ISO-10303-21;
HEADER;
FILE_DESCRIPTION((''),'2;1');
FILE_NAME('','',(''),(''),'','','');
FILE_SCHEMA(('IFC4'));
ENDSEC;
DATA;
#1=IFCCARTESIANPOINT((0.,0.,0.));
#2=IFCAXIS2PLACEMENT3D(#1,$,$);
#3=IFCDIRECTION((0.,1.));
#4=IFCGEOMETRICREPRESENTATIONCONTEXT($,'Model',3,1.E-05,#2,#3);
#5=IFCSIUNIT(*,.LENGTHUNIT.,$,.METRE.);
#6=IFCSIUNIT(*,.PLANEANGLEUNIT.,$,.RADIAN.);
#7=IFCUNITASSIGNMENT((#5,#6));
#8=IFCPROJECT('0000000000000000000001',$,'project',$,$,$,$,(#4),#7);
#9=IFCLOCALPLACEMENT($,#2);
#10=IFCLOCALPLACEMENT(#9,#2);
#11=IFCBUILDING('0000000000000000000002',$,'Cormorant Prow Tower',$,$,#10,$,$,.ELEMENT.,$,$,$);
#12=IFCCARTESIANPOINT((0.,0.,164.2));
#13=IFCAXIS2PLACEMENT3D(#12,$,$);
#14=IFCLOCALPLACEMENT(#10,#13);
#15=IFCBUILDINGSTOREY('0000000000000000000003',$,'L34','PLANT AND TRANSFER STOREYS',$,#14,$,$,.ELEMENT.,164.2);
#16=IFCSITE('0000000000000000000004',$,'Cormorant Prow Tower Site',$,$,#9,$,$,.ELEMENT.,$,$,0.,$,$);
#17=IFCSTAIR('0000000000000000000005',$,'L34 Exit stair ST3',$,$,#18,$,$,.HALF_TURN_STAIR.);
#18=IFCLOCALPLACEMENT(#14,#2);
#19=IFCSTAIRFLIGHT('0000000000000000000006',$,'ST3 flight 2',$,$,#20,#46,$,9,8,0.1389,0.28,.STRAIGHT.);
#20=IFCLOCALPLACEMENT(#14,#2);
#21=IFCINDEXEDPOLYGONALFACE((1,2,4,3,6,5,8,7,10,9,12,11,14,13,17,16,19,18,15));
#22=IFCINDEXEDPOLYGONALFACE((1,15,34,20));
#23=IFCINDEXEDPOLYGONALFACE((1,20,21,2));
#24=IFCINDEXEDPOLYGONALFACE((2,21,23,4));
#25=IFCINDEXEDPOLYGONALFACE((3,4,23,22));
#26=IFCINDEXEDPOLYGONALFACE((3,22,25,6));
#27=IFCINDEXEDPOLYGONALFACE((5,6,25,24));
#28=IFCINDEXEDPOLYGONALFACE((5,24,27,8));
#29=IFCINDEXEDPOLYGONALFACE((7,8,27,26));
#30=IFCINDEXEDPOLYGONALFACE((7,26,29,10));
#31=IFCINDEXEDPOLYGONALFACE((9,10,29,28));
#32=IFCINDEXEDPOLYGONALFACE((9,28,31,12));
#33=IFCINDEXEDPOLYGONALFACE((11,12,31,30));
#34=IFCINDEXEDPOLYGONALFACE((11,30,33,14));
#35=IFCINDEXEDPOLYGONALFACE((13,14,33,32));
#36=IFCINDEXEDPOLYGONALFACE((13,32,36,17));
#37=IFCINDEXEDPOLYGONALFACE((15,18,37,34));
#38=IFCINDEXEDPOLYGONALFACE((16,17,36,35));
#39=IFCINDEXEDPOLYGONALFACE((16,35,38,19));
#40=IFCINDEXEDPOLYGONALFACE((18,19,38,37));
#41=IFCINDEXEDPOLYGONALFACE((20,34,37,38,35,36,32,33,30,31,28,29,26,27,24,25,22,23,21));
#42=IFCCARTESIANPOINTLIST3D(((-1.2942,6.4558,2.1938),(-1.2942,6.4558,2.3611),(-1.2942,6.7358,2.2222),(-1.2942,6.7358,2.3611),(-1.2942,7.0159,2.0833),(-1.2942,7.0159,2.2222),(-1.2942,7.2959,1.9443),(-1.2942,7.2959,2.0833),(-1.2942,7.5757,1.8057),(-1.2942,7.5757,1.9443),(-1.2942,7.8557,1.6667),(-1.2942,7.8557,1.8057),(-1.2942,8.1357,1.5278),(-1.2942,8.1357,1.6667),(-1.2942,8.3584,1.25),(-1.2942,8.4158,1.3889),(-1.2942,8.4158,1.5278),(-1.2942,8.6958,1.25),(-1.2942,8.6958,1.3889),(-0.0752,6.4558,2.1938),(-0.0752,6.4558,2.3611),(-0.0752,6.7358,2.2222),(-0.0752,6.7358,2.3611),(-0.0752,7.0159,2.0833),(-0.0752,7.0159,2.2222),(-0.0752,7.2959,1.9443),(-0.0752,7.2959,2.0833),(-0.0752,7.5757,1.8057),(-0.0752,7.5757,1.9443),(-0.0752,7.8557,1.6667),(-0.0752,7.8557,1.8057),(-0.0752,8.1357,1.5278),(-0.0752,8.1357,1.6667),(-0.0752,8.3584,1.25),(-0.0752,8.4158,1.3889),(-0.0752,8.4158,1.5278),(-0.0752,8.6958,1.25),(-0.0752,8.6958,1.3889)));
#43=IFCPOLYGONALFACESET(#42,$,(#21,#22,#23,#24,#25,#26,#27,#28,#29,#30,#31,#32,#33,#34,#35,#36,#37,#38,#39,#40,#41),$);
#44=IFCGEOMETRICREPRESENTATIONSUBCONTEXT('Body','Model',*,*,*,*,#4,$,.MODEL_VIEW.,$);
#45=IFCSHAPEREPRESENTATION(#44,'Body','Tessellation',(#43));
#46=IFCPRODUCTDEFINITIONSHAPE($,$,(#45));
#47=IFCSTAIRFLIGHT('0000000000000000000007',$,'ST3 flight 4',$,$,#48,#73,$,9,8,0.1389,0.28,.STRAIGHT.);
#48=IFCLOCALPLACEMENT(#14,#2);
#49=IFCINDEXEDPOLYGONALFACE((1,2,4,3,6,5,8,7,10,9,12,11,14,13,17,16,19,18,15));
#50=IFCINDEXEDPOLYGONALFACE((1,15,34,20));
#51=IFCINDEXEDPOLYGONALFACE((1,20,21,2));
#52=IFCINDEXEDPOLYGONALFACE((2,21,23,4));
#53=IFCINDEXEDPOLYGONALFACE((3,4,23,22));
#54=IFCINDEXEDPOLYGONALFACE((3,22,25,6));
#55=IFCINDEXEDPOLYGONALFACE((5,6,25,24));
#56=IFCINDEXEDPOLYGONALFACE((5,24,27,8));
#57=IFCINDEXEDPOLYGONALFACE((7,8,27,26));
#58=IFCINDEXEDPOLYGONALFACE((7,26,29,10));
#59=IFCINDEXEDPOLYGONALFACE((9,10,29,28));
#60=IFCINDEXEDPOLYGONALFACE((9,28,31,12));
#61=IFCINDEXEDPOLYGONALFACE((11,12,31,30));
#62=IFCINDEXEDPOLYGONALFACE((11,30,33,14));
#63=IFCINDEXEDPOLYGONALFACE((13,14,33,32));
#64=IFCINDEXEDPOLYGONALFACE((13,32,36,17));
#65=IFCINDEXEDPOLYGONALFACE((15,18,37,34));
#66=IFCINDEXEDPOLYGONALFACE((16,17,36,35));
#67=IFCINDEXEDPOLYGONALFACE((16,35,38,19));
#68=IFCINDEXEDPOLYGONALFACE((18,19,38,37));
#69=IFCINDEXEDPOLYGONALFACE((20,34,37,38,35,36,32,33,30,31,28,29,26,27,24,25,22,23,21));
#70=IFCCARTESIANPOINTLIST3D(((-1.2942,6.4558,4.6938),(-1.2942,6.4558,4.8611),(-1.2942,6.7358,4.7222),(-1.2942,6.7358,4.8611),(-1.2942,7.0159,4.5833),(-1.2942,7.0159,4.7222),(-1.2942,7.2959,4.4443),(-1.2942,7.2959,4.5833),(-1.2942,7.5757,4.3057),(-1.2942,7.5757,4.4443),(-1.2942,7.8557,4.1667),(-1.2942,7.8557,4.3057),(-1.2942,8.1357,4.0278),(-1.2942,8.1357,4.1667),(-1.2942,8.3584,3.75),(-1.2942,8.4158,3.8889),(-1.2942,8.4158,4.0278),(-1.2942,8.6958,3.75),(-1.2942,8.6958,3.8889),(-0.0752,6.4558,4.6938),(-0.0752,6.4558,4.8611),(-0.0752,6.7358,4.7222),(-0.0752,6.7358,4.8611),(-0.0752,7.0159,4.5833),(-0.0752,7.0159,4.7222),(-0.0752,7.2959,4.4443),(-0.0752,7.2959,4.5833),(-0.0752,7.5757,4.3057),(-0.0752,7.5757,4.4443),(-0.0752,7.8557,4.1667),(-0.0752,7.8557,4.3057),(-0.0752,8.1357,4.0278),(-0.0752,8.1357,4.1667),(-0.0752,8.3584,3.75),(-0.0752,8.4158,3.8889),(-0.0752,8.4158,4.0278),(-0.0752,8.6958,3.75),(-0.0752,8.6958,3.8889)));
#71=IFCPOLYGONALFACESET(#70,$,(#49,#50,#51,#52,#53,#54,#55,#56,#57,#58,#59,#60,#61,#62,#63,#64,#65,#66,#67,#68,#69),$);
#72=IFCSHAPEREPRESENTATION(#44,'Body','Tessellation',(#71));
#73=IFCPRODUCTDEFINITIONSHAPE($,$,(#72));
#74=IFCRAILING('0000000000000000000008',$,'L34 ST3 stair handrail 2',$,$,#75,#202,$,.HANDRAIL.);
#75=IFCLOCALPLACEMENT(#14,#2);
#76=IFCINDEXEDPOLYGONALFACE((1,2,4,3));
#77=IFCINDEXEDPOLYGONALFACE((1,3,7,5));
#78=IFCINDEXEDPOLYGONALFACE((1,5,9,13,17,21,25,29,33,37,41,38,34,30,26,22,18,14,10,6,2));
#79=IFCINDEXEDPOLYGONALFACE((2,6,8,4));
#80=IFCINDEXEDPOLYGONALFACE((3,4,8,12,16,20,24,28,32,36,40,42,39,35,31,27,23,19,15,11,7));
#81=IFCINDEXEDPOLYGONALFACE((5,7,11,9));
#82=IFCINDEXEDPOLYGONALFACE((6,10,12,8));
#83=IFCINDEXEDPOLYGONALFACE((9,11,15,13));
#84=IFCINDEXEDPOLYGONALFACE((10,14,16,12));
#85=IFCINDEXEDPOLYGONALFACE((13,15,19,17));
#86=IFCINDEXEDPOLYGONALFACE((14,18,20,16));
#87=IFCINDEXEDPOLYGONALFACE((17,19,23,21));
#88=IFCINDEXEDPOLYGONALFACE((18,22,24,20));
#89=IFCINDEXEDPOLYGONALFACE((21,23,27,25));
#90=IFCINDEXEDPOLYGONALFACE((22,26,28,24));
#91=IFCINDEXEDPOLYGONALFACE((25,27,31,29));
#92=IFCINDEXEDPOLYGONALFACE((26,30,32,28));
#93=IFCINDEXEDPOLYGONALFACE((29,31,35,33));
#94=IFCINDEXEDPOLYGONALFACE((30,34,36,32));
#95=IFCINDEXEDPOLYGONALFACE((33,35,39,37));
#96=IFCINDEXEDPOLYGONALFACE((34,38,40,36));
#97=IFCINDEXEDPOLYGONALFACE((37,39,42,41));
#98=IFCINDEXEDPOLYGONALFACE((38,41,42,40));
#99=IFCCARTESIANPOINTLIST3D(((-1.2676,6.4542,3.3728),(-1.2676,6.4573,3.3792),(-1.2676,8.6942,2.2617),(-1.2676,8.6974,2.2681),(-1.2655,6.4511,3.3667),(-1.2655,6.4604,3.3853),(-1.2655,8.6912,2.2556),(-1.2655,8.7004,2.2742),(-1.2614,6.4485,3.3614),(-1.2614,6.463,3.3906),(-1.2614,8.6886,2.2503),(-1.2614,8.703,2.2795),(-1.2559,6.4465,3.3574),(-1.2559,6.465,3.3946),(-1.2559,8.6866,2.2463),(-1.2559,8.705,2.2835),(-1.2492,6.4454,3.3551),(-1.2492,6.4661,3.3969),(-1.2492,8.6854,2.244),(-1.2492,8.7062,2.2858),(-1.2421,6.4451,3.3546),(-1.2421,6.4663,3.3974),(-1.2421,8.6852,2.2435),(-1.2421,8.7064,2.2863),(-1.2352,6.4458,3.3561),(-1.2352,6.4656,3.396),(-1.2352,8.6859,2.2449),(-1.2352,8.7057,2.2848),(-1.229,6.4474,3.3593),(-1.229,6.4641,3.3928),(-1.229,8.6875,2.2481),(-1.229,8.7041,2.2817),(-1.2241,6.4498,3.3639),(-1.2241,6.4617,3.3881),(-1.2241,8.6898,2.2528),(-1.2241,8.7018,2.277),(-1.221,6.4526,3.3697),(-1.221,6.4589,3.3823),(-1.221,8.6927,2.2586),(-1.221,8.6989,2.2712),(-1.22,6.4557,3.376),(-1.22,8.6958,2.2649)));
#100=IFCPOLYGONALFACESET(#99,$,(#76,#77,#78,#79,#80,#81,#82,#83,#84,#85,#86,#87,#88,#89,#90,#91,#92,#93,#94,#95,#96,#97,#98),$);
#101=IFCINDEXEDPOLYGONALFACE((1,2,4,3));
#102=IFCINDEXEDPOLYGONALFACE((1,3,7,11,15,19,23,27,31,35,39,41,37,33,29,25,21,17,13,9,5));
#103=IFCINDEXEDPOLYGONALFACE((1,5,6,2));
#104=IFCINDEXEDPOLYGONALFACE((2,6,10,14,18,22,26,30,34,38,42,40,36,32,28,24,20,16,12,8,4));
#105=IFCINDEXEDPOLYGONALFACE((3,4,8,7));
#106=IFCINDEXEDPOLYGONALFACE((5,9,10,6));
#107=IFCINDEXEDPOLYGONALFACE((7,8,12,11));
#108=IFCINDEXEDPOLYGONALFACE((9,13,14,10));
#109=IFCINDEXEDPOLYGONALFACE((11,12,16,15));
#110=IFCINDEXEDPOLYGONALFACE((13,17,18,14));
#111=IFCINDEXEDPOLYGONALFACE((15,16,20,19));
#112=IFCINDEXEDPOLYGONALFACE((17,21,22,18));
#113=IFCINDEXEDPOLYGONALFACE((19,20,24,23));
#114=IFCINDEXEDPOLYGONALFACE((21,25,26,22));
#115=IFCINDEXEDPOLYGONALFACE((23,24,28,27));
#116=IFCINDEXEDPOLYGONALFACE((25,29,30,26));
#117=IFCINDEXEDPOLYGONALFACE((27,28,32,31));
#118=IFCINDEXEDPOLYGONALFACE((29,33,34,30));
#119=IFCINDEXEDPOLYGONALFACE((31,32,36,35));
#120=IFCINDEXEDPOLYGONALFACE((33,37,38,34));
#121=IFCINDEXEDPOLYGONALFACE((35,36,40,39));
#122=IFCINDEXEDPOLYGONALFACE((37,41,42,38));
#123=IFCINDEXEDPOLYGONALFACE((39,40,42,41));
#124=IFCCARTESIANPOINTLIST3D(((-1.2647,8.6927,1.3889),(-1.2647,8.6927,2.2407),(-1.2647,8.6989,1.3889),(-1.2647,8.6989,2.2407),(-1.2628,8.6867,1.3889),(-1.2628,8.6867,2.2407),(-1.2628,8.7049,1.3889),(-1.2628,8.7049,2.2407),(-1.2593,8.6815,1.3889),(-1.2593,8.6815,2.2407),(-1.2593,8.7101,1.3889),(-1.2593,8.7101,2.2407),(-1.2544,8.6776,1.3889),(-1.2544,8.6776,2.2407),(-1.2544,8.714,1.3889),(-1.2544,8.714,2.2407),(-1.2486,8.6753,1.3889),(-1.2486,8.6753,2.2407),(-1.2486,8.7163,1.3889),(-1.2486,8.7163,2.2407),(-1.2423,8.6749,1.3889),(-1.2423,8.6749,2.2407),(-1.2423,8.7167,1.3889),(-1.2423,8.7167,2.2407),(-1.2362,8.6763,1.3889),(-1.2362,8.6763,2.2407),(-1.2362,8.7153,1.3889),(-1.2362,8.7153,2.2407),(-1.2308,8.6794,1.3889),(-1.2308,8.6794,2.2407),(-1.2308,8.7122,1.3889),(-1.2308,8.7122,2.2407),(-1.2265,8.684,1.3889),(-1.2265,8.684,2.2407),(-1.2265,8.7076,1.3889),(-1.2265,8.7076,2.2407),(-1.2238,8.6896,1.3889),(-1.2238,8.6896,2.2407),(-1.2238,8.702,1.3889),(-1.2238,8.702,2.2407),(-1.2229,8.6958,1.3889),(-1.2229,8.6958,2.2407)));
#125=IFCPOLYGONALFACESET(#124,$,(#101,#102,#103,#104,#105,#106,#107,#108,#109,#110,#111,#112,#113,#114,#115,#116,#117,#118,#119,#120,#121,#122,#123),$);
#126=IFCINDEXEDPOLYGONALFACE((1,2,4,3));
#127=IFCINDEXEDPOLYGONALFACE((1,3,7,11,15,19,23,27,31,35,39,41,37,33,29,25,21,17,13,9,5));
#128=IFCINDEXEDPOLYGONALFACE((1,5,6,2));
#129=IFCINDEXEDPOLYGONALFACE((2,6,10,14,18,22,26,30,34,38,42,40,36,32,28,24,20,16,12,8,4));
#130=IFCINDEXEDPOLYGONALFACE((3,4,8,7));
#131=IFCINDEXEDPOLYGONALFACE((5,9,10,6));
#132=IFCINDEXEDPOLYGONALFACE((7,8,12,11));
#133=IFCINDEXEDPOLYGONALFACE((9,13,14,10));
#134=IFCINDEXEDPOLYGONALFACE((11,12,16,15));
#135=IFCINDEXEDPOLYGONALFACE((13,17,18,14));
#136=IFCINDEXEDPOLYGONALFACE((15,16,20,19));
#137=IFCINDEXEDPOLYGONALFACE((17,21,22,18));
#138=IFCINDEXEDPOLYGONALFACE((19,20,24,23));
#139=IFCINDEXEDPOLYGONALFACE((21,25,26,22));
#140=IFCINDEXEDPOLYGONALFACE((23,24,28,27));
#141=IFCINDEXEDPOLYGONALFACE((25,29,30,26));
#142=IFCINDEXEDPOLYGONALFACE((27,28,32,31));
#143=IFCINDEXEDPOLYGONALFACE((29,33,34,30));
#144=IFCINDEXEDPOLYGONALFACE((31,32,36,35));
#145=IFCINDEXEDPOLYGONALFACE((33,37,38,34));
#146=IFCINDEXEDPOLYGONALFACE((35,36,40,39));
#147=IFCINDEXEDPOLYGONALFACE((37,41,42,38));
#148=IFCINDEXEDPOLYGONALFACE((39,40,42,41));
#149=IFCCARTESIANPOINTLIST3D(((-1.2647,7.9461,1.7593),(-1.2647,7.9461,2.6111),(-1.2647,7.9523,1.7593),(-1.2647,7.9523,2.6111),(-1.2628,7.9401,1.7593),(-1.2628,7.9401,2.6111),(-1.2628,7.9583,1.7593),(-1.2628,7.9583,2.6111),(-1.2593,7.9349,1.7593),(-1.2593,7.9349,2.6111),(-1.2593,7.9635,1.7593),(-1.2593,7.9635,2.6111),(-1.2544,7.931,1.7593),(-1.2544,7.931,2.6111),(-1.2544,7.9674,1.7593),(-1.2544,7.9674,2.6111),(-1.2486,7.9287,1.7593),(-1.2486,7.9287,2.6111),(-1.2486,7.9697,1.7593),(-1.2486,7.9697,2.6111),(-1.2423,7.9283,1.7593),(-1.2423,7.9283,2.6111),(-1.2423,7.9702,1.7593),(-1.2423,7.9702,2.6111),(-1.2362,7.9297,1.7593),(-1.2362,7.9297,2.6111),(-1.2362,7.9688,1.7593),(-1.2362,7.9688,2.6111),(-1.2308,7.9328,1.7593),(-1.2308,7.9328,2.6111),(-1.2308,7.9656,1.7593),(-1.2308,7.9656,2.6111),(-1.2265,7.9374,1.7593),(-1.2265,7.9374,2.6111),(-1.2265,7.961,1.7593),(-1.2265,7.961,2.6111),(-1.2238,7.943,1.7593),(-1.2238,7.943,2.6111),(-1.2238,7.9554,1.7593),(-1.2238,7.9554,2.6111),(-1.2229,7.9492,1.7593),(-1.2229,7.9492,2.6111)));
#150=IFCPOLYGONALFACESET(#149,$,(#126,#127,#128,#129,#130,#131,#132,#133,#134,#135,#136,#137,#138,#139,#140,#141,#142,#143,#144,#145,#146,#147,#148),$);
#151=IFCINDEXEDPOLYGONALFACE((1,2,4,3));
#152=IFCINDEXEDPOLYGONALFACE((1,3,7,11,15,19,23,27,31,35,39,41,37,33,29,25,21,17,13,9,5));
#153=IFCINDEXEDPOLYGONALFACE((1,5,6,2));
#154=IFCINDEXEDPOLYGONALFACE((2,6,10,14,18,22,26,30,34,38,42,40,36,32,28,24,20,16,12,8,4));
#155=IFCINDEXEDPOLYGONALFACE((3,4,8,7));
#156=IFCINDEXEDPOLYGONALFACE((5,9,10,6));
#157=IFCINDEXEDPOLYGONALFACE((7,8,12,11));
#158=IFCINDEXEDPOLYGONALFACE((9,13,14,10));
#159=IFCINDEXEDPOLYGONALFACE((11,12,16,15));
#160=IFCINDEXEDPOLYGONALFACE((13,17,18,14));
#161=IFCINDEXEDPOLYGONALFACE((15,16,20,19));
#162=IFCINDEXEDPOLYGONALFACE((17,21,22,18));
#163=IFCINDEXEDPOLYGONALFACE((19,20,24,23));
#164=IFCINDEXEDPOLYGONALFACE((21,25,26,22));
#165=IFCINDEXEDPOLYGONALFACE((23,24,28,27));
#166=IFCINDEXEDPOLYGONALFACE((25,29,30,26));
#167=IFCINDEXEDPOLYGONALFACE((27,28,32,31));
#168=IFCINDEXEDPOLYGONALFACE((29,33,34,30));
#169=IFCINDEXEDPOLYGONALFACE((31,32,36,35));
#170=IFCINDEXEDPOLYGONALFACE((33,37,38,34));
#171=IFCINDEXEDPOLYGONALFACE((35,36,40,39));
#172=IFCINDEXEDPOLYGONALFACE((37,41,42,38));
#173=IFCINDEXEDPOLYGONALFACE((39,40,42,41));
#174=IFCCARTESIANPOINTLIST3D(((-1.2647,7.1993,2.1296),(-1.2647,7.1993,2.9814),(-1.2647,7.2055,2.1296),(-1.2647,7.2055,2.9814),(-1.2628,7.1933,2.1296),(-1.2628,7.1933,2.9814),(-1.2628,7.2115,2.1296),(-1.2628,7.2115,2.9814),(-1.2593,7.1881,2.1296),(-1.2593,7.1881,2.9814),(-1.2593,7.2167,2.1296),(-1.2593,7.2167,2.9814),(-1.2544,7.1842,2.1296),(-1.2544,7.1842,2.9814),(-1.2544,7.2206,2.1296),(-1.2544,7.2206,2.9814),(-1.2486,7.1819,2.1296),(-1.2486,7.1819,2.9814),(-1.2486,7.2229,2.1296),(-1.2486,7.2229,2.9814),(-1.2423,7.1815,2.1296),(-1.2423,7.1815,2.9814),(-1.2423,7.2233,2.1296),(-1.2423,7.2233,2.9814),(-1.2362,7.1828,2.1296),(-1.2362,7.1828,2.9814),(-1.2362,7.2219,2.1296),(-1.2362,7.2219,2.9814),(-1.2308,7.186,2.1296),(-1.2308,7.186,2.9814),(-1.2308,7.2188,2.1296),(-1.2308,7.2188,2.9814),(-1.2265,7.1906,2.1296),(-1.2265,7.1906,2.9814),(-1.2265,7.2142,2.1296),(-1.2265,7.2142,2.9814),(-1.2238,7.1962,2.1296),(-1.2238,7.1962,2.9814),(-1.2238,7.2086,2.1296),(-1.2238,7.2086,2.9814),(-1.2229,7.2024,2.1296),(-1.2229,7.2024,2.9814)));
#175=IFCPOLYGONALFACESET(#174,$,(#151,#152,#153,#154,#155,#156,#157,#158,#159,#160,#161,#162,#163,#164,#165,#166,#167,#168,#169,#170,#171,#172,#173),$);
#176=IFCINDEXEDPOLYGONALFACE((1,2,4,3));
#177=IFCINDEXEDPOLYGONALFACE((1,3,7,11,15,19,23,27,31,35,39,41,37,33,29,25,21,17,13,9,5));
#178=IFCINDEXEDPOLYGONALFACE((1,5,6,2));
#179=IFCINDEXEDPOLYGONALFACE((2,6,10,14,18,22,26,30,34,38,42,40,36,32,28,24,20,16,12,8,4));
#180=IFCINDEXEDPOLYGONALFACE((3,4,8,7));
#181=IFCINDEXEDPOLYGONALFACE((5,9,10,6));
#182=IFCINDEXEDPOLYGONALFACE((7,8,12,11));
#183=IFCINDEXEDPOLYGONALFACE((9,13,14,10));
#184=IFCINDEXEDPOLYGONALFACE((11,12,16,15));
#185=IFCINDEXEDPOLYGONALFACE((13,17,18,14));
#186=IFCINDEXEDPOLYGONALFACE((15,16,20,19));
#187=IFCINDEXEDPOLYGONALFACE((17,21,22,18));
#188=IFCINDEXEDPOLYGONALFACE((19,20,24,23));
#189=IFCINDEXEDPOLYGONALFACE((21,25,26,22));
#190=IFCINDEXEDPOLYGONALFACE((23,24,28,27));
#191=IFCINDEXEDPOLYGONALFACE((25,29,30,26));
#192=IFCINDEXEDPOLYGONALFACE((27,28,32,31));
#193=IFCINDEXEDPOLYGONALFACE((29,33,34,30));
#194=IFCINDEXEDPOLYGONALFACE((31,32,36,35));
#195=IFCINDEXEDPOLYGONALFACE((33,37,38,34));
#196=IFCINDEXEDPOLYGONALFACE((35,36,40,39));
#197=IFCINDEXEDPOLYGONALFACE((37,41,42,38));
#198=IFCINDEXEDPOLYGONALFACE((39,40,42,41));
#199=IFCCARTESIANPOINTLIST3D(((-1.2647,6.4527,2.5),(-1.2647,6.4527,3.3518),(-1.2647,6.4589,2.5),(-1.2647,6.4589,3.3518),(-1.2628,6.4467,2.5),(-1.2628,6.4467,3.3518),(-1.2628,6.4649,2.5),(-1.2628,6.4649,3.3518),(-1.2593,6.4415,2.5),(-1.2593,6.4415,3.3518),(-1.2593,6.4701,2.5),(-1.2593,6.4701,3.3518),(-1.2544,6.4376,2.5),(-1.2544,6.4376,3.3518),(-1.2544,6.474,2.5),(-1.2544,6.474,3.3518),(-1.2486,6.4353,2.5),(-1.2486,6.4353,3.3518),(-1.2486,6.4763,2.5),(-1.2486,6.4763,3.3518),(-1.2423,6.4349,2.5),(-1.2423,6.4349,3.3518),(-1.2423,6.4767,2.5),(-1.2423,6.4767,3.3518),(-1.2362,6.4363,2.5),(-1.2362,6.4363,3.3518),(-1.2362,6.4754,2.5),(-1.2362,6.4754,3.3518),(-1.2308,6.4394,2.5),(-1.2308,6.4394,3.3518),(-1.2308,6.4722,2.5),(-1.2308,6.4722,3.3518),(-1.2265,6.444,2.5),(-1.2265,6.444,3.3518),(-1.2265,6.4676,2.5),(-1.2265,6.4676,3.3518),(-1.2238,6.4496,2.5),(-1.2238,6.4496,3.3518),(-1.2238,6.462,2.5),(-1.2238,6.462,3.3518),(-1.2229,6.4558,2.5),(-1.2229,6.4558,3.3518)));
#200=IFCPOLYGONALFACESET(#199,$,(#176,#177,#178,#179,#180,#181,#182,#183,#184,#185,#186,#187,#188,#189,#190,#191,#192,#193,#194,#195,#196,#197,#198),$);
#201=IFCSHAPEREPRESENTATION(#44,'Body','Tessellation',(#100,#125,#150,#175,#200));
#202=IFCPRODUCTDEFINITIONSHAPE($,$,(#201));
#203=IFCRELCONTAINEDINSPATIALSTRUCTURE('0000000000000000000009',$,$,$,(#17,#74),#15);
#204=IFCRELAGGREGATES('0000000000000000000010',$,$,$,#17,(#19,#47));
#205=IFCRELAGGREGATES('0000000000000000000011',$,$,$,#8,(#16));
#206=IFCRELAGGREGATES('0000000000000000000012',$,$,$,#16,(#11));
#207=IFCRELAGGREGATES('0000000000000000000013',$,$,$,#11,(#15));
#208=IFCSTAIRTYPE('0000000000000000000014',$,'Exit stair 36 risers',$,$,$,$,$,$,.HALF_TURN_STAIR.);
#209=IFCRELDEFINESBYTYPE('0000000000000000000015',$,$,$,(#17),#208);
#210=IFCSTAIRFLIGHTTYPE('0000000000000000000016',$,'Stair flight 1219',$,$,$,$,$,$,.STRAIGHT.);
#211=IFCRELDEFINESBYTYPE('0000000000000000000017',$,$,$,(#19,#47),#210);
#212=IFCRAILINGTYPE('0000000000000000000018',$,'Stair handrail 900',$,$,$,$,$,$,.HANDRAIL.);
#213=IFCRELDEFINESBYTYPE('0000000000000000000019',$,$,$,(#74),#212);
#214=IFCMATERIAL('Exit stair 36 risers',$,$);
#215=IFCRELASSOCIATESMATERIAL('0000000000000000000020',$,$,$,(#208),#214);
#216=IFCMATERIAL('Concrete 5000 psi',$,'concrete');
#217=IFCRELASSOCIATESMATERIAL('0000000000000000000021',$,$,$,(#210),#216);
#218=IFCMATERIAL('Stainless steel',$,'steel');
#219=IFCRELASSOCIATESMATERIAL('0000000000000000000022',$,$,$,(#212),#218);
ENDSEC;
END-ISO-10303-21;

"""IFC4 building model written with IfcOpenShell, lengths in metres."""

from ifc_helpers import new_model, si_unit, direction, frame, origin, origin_2d, place, context, subcontext, project, spatial, polyline, circle, outline, extrude, material, type_object, element, aggregate, save


model = new_model("IFC4")

# Units and contexts
model_context = context("Model", 3, precision=1e-05, world=origin(), true_north=direction((0.0, 1.0)))
body_context = subcontext(model_context, "Body", "Model", "MODEL_VIEW")
ifc_project = project(units=[si_unit("LENGTHUNIT", "METRE"), si_unit("PLANEANGLEUNIT", "RADIAN")], contexts=[model_context])

# Site, building, storey
site_placement = place(None, origin())
site = spatial("IfcSite", under=ifc_project, at=site_placement, Name="Cormorant Prow Tower Site", CompositionType="ELEMENT", RefElevation=0.0)
building_placement = place(site_placement, origin())
building = spatial("IfcBuilding", under=site, at=building_placement, Name="Cormorant Prow Tower", CompositionType="ELEMENT")
storey_placement = place(building_placement, frame((0.0, 0.0, 164.2)))
storey = spatial("IfcBuildingStorey", under=building, at=storey_placement, Name="L34", Description="PLANT AND TRANSFER STOREYS", CompositionType="ELEMENT", Elevation=164.2)

# Stair, stair flights
ifc_material_1 = material(Name="Exit stair 36 risers")
stair_type = type_object("IfcStairType", Name="Exit stair 36 risers", PredefinedType="HALF_TURN_STAIR", material=ifc_material_1)
stair_placement = place(storey_placement, origin())
stair = element("IfcStair", 1, at=stair_placement, inside=storey, type_object=stair_type, Name="L34 Exit stair ST3", PredefinedType="HALF_TURN_STAIR")
ifc_material_2 = material(Name="Concrete 5000 psi", Category="concrete")
stair_flight_type = type_object("IfcStairFlightType", Name="Stair flight 1219", PredefinedType="STRAIGHT", material=ifc_material_2)
stair_flight_1_placement = place(storey_placement, frame((-0.6846, 8.6958, 1.25), z_axis=(0.0, 0.0, 1.0), x_axis=(0.0, -1.0, 0.0)))
stair_flight_1 = element("IfcStairFlight", 2, at=stair_flight_1_placement, type_object=stair_flight_type, Name="ST3 flight 2", NumberOfRisers=9, NumberOfTreads=8, PredefinedType="STRAIGHT", RiserHeight=0.1389, TreadLength=0.28, context=body_context, shape_type="SweptSolid", body=[
    extrude(outline(polyline([(0.0, 0.0), (0.0, 0.1389), (0.28, 0.1389), (0.28, 0.2778), (0.5601, 0.2778), (0.5601, 0.4167), (0.8401, 0.4167), (0.8401, 0.5557), (1.1201, 0.5557), (1.1201, 0.6943), (1.3999, 0.6943), (1.3999, 0.8333), (1.6799, 0.8333), (1.6799, 0.9722), (1.96, 0.9722), (1.96, 1.1111), (2.24, 1.1111), (2.24, 1.25), (2.24, 0.9438), (0.3374, 0.0), (0.0, 0.0)])), frame((0.0, 0.6094, 0.0), z_axis=(0.0, -1.0, 0.0), x_axis=(1.0, 0.0, 0.0)), (0.0, 0.0, 1.0), 1.219),
])
stair_flight_2_placement = place(storey_placement, frame((-0.6846, 8.6958, 3.75), z_axis=(0.0, 0.0, 1.0), x_axis=(0.0, -1.0, 0.0)))
stair_flight_2 = element("IfcStairFlight", 3, at=stair_flight_2_placement, type_object=stair_flight_type, Name="ST3 flight 4", NumberOfRisers=9, NumberOfTreads=8, PredefinedType="STRAIGHT", RiserHeight=0.1389, TreadLength=0.28, context=body_context, shape_type="SweptSolid", body=[
    extrude(outline(polyline([(0.0, 0.0), (0.0, 0.1389), (0.28, 0.1389), (0.28, 0.2778), (0.5601, 0.2778), (0.5601, 0.4167), (0.8401, 0.4167), (0.8401, 0.5557), (1.1201, 0.5557), (1.1201, 0.6943), (1.3999, 0.6943), (1.3999, 0.8333), (1.6799, 0.8333), (1.6799, 0.9722), (1.96, 0.9722), (1.96, 1.1111), (2.24, 1.1111), (2.24, 1.25), (2.24, 0.9438), (0.3374, 0.0), (0.0, 0.0)])), frame((0.0, 0.6094, 0.0), z_axis=(0.0, -1.0, 0.0), x_axis=(1.0, 0.0, 0.0)), (0.0, 0.0, 1.0), 1.219),
])
aggregate(stair, [stair_flight_1, stair_flight_2])

# Railing
ifc_material_3 = material(Name="Stainless steel", Category="steel")
railing_type = type_object("IfcRailingType", Name="Stair handrail 900", PredefinedType="HANDRAIL", material=ifc_material_3)
for number, where, name in (
    (4, (-1.2439, 8.6958, 1.3889), "L34 ST3 stair handrail 2"),
):
    element("IfcRailing", number, at=place(storey_placement, frame(where)), inside=storey, type_object=railing_type, Name=name, PredefinedType="HANDRAIL", context=body_context, shape_type="SweptSolid", body=[
        extrude(circle(Radius=0.0239, at=origin_2d()), frame((0.0, 0.0, 0.876), z_axis=(0.0, -0.895848, 0.44436), x_axis=(1.0, 0.0, 0.0)), (0.0, 0.0, 1.0), 2.5005),
        extrude(circle(Radius=0.021, at=origin_2d()), origin(), (0.0, 0.0, 1.0), 0.8518),
        extrude(circle(Radius=0.021, at=origin_2d()), frame((0.0, -0.7466, 0.3704)), (0.0, 0.0, 1.0), 0.8518),
        extrude(circle(Radius=0.021, at=origin_2d()), frame((0.0, -1.4934, 0.7407)), (0.0, 0.0, 1.0), 0.8518),
        extrude(circle(Radius=0.021, at=origin_2d()), frame((0.0, -2.24, 1.1111)), (0.0, 0.0, 1.0), 0.8518),
    ])

save(model, "model.ifc")
